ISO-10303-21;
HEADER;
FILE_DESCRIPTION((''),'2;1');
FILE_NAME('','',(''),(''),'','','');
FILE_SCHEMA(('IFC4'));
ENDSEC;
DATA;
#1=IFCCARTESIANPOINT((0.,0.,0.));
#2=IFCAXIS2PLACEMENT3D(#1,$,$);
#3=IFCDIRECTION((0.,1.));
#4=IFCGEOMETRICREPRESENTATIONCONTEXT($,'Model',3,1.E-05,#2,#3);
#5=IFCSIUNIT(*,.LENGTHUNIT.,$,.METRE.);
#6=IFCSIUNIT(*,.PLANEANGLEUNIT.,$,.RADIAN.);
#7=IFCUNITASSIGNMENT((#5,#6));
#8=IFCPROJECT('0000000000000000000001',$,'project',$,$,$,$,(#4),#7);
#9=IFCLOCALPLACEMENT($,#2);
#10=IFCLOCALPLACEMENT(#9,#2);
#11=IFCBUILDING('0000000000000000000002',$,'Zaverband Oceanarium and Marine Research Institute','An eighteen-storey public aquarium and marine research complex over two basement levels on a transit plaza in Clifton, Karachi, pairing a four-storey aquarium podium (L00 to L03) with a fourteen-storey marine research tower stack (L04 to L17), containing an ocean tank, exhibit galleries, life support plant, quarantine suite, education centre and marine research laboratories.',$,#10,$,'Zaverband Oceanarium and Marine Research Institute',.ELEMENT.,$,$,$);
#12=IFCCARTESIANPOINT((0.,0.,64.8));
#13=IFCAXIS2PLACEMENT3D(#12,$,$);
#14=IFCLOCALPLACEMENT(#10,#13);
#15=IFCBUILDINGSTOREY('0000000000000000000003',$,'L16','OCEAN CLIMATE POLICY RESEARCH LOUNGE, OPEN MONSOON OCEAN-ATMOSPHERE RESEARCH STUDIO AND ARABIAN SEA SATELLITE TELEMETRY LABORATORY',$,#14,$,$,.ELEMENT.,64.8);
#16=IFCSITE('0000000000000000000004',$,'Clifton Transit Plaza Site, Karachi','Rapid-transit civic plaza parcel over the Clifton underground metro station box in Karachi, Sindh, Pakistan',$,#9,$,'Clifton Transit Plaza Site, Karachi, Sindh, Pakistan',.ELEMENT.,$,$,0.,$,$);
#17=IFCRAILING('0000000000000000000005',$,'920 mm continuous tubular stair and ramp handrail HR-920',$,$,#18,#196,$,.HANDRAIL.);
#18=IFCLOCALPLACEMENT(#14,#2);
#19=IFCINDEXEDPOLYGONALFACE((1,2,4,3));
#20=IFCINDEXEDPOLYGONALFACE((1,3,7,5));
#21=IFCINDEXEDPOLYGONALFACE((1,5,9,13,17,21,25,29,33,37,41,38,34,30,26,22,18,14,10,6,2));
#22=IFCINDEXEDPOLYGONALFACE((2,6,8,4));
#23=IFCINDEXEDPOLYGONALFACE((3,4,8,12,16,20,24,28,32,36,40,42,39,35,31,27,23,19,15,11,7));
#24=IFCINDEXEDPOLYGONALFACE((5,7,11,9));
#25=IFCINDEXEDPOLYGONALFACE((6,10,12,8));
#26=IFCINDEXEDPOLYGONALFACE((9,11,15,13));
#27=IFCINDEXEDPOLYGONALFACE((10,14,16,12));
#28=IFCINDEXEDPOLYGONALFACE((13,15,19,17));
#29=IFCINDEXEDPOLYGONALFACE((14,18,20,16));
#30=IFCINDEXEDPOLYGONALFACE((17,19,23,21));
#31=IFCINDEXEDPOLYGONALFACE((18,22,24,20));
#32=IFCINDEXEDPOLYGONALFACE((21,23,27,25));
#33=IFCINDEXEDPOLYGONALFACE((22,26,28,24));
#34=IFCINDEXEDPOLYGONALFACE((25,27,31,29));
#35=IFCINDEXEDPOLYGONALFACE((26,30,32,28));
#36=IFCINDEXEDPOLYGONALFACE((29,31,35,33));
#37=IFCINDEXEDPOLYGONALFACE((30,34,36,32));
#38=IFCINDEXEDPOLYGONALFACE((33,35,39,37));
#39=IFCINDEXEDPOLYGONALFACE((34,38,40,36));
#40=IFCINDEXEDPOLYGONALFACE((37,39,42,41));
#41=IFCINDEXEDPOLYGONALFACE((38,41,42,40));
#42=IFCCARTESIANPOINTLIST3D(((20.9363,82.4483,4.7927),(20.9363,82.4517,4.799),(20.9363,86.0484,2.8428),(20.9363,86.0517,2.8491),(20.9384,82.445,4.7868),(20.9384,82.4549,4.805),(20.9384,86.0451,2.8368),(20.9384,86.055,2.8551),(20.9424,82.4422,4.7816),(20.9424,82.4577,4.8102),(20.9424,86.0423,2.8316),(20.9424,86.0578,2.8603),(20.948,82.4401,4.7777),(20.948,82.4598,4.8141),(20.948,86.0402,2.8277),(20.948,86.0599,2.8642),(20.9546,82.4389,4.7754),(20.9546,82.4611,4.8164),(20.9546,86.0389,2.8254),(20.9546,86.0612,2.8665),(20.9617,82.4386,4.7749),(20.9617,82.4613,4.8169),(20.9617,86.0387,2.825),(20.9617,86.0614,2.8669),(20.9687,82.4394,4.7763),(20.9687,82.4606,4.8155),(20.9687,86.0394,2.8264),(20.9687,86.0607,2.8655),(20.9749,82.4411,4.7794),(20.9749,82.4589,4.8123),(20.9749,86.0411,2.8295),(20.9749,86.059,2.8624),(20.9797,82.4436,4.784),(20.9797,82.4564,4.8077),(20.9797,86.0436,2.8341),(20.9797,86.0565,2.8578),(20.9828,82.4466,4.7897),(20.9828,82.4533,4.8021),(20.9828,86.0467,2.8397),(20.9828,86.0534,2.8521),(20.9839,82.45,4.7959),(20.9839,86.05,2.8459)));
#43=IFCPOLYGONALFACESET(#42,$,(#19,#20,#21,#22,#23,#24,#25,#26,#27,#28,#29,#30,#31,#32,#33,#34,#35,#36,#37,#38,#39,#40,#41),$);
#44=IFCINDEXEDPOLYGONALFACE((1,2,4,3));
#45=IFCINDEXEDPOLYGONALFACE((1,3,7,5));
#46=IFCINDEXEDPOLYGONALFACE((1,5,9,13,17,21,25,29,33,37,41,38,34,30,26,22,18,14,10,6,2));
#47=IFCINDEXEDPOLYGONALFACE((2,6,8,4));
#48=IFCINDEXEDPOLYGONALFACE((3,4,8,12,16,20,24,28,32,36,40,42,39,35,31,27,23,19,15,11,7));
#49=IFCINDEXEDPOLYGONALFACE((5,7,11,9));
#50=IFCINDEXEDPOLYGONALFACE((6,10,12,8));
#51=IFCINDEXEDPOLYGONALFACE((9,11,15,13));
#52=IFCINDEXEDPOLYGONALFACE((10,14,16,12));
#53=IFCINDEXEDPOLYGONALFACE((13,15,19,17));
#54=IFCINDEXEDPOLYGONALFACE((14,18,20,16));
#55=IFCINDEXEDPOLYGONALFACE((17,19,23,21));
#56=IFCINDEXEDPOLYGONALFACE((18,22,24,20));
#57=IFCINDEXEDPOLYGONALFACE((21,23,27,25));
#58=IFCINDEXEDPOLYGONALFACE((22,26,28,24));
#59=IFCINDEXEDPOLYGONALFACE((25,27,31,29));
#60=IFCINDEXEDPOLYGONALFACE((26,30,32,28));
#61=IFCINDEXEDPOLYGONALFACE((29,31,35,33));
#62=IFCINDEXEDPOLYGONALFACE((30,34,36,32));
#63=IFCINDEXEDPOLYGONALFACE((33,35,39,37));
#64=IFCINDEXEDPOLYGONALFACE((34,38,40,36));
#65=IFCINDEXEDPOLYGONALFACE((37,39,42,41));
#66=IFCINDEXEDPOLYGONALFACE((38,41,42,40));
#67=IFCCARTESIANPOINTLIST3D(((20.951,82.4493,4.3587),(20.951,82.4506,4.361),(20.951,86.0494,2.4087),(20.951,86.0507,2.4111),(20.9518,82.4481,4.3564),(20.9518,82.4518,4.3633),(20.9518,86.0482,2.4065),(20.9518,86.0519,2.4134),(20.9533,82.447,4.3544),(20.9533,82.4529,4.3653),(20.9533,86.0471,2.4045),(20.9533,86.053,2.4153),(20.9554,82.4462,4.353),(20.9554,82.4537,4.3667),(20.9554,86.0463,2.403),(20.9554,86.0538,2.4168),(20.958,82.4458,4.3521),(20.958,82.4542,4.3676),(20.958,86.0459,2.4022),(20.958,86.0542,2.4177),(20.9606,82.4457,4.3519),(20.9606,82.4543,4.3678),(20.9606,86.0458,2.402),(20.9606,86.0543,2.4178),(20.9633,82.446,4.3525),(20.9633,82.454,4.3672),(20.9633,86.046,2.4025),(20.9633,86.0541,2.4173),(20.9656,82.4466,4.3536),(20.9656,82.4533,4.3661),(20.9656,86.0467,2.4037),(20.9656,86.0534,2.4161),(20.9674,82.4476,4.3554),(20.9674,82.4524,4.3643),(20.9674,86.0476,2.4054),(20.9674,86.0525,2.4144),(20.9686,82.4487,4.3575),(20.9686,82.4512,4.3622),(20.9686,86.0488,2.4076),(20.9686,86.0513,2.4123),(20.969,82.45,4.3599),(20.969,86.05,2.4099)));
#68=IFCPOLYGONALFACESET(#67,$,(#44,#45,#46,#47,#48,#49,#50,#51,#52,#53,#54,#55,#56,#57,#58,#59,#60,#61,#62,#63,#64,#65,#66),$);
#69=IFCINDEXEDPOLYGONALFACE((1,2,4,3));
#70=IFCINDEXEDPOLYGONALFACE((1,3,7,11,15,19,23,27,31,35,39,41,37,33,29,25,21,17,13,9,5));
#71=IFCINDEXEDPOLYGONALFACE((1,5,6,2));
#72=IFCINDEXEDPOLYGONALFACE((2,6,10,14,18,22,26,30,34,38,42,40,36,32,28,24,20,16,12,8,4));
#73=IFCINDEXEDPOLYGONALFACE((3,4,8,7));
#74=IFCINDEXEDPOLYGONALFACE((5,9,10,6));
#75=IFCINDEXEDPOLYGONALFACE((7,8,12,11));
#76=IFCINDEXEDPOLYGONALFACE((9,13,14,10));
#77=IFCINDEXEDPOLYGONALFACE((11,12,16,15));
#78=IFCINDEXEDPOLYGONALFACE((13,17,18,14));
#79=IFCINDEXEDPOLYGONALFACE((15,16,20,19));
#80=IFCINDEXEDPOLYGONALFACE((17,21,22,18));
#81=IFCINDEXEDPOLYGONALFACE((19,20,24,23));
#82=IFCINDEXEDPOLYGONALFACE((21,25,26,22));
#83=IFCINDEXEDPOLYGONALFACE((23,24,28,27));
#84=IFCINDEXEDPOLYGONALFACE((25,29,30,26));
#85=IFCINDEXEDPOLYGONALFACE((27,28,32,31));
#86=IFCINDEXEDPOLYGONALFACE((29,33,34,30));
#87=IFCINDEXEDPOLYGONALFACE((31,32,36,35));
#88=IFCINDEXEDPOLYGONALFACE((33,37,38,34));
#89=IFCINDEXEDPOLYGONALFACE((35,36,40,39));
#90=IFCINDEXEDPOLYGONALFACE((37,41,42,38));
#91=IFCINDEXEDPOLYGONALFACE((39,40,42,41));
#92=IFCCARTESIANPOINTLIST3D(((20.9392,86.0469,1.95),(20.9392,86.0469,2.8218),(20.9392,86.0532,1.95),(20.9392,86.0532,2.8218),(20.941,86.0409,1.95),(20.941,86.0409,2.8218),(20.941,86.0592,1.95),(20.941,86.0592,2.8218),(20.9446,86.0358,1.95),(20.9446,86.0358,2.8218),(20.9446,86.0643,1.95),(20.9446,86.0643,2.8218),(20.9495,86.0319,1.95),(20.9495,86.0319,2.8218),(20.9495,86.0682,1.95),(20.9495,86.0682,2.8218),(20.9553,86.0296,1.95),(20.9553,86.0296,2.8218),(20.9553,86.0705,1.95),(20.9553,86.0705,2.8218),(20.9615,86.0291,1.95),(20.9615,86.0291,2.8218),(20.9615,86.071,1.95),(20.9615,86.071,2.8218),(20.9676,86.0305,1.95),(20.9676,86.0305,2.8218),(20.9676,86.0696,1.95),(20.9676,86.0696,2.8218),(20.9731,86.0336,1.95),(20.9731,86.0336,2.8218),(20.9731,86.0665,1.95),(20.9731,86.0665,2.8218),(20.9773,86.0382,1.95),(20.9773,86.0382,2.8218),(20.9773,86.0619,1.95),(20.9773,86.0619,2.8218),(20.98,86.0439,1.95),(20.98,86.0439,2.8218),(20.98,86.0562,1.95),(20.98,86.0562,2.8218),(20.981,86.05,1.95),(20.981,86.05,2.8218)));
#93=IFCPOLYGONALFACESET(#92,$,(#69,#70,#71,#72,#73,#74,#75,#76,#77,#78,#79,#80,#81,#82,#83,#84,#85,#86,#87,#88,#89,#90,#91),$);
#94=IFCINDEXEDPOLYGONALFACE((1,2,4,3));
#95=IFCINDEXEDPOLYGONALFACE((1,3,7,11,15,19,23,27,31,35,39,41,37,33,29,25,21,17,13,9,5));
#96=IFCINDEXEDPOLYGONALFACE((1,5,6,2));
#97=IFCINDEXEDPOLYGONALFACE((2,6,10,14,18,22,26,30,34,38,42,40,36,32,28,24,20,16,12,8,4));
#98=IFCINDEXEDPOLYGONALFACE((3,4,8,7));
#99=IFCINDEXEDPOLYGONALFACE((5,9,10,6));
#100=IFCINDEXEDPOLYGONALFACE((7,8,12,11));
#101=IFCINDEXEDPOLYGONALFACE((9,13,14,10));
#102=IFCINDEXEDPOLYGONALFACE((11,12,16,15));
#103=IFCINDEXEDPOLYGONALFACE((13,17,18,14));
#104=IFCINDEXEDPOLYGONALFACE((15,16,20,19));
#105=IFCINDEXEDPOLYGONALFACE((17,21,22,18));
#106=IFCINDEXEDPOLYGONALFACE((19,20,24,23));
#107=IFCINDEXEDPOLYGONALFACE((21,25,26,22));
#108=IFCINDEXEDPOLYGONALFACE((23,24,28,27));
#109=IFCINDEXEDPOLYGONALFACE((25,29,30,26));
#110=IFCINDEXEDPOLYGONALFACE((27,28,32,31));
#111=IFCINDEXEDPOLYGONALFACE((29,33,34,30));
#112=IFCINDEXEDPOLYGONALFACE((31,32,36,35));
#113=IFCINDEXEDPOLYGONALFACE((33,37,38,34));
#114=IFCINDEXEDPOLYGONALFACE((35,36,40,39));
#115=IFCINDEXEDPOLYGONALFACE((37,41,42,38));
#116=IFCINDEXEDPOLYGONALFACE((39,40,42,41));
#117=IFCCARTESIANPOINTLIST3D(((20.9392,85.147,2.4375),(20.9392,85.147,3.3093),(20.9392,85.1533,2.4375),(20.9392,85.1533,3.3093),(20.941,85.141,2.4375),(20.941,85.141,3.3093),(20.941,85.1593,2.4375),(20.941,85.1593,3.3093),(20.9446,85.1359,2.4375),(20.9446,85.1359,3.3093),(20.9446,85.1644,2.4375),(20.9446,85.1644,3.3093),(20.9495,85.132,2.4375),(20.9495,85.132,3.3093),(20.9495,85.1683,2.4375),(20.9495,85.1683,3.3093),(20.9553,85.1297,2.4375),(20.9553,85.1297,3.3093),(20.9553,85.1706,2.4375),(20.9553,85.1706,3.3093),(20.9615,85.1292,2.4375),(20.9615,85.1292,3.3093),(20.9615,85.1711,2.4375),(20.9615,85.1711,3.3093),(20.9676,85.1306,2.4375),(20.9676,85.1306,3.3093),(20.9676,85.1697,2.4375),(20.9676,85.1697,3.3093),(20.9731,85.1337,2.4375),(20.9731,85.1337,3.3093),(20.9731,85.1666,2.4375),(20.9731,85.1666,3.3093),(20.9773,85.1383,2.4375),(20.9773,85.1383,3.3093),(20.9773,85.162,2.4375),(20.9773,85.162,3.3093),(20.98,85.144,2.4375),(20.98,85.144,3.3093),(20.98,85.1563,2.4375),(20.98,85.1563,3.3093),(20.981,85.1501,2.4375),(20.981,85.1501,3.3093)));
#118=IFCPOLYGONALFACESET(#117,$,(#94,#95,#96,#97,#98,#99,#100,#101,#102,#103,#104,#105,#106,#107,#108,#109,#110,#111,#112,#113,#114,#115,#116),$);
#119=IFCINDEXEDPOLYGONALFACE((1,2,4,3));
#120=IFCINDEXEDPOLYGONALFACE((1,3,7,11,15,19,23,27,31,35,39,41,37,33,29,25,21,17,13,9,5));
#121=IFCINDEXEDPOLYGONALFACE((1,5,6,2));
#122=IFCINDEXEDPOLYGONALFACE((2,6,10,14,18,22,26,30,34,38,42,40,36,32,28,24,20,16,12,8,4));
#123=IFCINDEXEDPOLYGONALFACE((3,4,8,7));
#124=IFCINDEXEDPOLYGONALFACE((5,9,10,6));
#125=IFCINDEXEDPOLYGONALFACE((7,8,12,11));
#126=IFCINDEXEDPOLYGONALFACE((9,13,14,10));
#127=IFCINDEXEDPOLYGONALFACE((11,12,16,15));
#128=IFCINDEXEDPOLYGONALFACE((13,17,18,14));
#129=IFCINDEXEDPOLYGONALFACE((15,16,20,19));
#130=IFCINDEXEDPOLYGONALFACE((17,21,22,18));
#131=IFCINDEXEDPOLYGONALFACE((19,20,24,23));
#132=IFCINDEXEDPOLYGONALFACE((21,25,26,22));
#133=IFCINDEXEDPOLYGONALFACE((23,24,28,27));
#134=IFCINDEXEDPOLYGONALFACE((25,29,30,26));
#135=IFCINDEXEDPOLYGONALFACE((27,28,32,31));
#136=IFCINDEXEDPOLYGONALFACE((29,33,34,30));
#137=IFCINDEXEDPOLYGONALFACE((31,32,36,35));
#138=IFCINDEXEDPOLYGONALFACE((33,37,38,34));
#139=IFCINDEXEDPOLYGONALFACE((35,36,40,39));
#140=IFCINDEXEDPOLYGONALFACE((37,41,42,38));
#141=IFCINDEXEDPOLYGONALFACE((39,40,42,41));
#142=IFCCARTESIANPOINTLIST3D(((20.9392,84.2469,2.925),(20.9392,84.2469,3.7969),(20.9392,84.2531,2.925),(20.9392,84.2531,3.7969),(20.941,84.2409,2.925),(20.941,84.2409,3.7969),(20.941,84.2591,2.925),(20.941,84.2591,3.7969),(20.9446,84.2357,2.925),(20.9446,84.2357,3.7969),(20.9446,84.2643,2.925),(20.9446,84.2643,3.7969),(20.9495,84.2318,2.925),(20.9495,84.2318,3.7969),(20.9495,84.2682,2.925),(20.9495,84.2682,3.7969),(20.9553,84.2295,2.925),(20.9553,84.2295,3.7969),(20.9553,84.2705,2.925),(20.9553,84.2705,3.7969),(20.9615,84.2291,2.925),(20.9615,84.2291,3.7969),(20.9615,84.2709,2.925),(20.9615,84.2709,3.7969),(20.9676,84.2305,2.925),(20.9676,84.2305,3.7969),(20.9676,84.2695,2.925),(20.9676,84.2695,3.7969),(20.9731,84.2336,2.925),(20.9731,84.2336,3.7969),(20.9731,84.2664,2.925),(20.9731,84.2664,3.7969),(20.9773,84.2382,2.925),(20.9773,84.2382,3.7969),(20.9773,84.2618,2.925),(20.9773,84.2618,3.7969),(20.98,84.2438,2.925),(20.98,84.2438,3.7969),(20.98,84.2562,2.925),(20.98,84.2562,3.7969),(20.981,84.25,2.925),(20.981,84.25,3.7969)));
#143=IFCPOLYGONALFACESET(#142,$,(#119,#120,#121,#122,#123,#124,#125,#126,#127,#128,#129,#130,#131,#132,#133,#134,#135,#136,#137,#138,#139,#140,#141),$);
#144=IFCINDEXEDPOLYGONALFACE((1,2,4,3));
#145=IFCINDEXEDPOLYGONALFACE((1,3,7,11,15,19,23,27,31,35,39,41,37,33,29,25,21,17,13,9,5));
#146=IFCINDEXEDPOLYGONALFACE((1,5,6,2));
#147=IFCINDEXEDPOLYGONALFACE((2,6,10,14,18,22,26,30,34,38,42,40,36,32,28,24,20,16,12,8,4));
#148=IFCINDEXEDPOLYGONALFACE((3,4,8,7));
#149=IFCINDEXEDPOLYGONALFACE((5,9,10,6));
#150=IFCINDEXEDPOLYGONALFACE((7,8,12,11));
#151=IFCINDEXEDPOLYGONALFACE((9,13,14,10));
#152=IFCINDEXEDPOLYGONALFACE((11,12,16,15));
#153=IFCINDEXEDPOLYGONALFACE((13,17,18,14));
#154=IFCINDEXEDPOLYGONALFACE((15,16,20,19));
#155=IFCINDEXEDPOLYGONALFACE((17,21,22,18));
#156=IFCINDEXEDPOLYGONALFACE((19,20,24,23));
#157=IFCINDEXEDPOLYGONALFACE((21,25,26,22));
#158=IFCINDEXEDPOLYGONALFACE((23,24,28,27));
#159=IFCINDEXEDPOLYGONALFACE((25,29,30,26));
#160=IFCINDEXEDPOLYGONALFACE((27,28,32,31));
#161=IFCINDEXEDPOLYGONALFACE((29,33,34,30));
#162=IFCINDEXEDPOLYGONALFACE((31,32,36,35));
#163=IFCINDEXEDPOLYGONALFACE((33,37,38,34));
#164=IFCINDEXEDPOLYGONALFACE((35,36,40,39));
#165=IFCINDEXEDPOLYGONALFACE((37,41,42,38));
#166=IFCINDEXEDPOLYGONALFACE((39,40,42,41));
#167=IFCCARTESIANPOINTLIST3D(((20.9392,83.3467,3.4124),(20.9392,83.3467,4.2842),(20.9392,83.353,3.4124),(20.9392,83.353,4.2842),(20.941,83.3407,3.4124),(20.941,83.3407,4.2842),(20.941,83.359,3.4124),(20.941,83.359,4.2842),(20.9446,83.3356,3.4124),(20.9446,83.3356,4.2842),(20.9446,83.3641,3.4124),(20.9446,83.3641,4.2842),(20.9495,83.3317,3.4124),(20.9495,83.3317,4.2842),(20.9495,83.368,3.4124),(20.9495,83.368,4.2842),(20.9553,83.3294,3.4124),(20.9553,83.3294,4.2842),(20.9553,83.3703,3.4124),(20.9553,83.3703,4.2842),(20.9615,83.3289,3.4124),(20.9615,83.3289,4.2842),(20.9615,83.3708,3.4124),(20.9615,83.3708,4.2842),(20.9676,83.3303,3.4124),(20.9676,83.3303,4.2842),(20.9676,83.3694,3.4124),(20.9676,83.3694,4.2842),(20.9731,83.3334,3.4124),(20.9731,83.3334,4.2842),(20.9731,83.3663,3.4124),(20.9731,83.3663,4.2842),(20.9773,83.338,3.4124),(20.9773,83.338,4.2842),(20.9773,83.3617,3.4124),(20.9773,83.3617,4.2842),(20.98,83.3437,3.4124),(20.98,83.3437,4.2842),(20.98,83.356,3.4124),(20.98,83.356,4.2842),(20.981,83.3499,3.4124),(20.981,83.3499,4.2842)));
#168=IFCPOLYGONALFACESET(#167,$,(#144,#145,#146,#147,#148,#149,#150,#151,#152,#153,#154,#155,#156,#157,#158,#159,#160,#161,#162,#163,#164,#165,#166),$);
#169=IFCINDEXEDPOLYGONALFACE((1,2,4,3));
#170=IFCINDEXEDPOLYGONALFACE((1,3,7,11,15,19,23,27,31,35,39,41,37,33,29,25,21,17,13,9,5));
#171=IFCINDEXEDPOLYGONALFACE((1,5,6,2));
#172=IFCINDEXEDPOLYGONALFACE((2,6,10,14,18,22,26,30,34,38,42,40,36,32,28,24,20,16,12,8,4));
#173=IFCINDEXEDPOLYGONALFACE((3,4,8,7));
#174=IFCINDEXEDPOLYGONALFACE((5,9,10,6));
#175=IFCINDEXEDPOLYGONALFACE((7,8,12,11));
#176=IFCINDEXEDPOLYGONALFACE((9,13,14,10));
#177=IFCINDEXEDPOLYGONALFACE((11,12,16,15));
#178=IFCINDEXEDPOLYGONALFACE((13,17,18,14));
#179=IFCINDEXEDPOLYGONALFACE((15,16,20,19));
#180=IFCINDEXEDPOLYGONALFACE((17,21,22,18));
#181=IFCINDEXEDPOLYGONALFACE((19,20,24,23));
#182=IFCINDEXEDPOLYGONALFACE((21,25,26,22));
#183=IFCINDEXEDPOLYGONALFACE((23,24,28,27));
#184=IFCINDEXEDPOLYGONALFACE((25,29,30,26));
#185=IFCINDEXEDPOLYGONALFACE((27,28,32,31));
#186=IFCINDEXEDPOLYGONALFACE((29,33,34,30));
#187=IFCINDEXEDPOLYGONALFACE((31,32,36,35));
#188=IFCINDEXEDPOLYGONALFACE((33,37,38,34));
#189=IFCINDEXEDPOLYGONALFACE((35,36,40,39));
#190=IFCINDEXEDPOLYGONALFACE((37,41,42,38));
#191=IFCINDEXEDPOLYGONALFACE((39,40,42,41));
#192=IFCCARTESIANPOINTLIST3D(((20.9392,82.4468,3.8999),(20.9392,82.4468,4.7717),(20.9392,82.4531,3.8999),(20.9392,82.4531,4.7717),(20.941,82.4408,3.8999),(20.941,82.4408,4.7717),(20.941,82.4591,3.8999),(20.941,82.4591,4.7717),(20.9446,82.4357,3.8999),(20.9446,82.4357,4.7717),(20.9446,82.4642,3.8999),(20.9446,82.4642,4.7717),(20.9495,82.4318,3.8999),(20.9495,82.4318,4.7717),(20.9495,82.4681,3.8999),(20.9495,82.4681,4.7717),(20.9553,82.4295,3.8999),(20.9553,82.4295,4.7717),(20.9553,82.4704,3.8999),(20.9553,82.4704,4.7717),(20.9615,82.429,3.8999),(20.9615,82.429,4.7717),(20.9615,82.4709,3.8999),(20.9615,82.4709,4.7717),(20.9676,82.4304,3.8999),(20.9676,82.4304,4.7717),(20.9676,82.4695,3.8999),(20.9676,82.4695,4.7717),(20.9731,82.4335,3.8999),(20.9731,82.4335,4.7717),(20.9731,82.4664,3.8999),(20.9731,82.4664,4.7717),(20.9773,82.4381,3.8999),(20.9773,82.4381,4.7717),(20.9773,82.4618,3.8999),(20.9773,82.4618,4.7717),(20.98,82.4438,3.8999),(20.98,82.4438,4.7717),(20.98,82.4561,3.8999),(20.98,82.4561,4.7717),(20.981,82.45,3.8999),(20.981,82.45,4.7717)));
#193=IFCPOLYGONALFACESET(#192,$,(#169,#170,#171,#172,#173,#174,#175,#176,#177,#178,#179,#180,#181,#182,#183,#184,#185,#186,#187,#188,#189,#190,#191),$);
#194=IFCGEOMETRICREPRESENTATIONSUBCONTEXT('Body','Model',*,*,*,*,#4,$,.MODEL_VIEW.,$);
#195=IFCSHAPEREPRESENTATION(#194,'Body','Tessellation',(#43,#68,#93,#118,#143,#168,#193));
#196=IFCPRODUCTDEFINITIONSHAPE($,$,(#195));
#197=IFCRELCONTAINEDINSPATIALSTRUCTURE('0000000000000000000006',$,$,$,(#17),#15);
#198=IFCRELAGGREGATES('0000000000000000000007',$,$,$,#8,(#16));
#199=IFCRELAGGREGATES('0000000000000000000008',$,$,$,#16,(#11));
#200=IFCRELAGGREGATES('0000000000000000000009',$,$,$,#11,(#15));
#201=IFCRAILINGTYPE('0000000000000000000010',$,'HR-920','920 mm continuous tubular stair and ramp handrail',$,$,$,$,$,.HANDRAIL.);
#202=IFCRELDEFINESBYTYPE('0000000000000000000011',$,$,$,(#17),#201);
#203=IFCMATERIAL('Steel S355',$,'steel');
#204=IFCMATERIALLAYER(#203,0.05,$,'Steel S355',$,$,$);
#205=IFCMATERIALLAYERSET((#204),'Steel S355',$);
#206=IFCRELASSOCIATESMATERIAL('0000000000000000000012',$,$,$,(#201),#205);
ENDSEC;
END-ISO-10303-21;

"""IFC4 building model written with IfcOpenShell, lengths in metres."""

from ifc_helpers import new_model, si_unit, direction, frame, origin, origin_2d, place, context, subcontext, project, spatial, circle, extrude, material, layer, layer_set, type_object, element, save


model = new_model("IFC4")

# Units and contexts
model_context = context("Model", 3, precision=1e-05, world=origin(), true_north=direction((0.0, 1.0)))
body_context = subcontext(model_context, "Body", "Model", "MODEL_VIEW")
ifc_project = project(units=[si_unit("LENGTHUNIT", "METRE"), si_unit("PLANEANGLEUNIT", "RADIAN")], contexts=[model_context])

# Site, building, storey
site_placement = place(None, origin())
site = spatial("IfcSite", under=ifc_project, at=site_placement, Name="Clifton Transit Plaza Site, Karachi", Description="Rapid-transit civic plaza parcel over the Clifton underground metro station box in Karachi, Sindh, Pakistan", LongName="Clifton Transit Plaza Site, Karachi, Sindh, Pakistan", CompositionType="ELEMENT", RefElevation=0.0)
building_placement = place(site_placement, origin())
building = spatial("IfcBuilding", under=site, at=building_placement, Name="Zaverband Oceanarium and Marine Research Institute", Description="An eighteen-storey public aquarium and marine research complex over two basement levels on a transit plaza in Clifton, Karachi, pairing a four-storey aquarium podium (L00 to L03) with a fourteen-storey marine research tower stack (L04 to L17), containing an ocean tank, exhibit galleries, life support plant, quarantine suite, education centre and marine research laboratories.", LongName="Zaverband Oceanarium and Marine Research Institute", CompositionType="ELEMENT")
storey_placement = place(building_placement, frame((0.0, 0.0, 64.8)))
storey = spatial("IfcBuildingStorey", under=building, at=storey_placement, Name="L16", Description="OCEAN CLIMATE POLICY RESEARCH LOUNGE, OPEN MONSOON OCEAN-ATMOSPHERE RESEARCH STUDIO AND ARABIAN SEA SATELLITE TELEMETRY LABORATORY", CompositionType="ELEMENT", Elevation=64.8)

# Shared definitions
ifc_material_1 = material(Name="Steel S355", Category="steel")

# Railing
ifc_layer_1 = layer(ifc_material_1, 0.05, Name="Steel S355")
ifc_layer_set_1 = layer_set([ifc_layer_1], Name="Steel S355")
railing_type_1 = type_object("IfcRailingType", Name="HR-920", Description="920 mm continuous tubular stair and ramp handrail", PredefinedType="HANDRAIL", material=ifc_layer_set_1)
railing_1_placement = place(storey_placement, frame((20.96, 86.05, 1.95)))
element("IfcRailing", 1, at=railing_1_placement, inside=storey, type_object=railing_type_1, Name="920 mm continuous tubular stair and ramp handrail HR-920", PredefinedType="HANDRAIL", context=body_context, shape_type="SweptSolid", body=[
    extrude(circle(Radius=0.0239, at=origin_2d()), frame((0.0, 0.0, 0.896), z_axis=(0.0, -0.879302, 0.476264), x_axis=(1.0, 0.0, 0.0)), (0.0, 0.0, 1.0), 4.0942),
    extrude(circle(Radius=0.009, at=origin_2d()), frame((0.0, 0.0, 0.46), z_axis=(0.0, -0.879302, 0.476264), x_axis=(1.0, 0.0, 0.0)), (0.0, 0.0, 1.0), 4.0942),
    extrude(circle(Radius=0.021, at=origin_2d()), origin(), (0.0, 0.0, 1.0), 0.8718),
    extrude(circle(Radius=0.021, at=origin_2d()), frame((0.0, -0.8999, 0.4875)), (0.0, 0.0, 1.0), 0.8718),
    extrude(circle(Radius=0.021, at=origin_2d()), frame((0.0, -1.8, 0.9751)), (0.0, 0.0, 1.0), 0.8718),
    extrude(circle(Radius=0.021, at=origin_2d()), frame((0.0, -2.7002, 1.4624)), (0.0, 0.0, 1.0), 0.8718),
    extrude(circle(Radius=0.021, at=origin_2d()), frame((0.0, -3.6001, 1.95)), (0.0, 0.0, 1.0), 0.8718),
])

save(model, "model.ifc")
